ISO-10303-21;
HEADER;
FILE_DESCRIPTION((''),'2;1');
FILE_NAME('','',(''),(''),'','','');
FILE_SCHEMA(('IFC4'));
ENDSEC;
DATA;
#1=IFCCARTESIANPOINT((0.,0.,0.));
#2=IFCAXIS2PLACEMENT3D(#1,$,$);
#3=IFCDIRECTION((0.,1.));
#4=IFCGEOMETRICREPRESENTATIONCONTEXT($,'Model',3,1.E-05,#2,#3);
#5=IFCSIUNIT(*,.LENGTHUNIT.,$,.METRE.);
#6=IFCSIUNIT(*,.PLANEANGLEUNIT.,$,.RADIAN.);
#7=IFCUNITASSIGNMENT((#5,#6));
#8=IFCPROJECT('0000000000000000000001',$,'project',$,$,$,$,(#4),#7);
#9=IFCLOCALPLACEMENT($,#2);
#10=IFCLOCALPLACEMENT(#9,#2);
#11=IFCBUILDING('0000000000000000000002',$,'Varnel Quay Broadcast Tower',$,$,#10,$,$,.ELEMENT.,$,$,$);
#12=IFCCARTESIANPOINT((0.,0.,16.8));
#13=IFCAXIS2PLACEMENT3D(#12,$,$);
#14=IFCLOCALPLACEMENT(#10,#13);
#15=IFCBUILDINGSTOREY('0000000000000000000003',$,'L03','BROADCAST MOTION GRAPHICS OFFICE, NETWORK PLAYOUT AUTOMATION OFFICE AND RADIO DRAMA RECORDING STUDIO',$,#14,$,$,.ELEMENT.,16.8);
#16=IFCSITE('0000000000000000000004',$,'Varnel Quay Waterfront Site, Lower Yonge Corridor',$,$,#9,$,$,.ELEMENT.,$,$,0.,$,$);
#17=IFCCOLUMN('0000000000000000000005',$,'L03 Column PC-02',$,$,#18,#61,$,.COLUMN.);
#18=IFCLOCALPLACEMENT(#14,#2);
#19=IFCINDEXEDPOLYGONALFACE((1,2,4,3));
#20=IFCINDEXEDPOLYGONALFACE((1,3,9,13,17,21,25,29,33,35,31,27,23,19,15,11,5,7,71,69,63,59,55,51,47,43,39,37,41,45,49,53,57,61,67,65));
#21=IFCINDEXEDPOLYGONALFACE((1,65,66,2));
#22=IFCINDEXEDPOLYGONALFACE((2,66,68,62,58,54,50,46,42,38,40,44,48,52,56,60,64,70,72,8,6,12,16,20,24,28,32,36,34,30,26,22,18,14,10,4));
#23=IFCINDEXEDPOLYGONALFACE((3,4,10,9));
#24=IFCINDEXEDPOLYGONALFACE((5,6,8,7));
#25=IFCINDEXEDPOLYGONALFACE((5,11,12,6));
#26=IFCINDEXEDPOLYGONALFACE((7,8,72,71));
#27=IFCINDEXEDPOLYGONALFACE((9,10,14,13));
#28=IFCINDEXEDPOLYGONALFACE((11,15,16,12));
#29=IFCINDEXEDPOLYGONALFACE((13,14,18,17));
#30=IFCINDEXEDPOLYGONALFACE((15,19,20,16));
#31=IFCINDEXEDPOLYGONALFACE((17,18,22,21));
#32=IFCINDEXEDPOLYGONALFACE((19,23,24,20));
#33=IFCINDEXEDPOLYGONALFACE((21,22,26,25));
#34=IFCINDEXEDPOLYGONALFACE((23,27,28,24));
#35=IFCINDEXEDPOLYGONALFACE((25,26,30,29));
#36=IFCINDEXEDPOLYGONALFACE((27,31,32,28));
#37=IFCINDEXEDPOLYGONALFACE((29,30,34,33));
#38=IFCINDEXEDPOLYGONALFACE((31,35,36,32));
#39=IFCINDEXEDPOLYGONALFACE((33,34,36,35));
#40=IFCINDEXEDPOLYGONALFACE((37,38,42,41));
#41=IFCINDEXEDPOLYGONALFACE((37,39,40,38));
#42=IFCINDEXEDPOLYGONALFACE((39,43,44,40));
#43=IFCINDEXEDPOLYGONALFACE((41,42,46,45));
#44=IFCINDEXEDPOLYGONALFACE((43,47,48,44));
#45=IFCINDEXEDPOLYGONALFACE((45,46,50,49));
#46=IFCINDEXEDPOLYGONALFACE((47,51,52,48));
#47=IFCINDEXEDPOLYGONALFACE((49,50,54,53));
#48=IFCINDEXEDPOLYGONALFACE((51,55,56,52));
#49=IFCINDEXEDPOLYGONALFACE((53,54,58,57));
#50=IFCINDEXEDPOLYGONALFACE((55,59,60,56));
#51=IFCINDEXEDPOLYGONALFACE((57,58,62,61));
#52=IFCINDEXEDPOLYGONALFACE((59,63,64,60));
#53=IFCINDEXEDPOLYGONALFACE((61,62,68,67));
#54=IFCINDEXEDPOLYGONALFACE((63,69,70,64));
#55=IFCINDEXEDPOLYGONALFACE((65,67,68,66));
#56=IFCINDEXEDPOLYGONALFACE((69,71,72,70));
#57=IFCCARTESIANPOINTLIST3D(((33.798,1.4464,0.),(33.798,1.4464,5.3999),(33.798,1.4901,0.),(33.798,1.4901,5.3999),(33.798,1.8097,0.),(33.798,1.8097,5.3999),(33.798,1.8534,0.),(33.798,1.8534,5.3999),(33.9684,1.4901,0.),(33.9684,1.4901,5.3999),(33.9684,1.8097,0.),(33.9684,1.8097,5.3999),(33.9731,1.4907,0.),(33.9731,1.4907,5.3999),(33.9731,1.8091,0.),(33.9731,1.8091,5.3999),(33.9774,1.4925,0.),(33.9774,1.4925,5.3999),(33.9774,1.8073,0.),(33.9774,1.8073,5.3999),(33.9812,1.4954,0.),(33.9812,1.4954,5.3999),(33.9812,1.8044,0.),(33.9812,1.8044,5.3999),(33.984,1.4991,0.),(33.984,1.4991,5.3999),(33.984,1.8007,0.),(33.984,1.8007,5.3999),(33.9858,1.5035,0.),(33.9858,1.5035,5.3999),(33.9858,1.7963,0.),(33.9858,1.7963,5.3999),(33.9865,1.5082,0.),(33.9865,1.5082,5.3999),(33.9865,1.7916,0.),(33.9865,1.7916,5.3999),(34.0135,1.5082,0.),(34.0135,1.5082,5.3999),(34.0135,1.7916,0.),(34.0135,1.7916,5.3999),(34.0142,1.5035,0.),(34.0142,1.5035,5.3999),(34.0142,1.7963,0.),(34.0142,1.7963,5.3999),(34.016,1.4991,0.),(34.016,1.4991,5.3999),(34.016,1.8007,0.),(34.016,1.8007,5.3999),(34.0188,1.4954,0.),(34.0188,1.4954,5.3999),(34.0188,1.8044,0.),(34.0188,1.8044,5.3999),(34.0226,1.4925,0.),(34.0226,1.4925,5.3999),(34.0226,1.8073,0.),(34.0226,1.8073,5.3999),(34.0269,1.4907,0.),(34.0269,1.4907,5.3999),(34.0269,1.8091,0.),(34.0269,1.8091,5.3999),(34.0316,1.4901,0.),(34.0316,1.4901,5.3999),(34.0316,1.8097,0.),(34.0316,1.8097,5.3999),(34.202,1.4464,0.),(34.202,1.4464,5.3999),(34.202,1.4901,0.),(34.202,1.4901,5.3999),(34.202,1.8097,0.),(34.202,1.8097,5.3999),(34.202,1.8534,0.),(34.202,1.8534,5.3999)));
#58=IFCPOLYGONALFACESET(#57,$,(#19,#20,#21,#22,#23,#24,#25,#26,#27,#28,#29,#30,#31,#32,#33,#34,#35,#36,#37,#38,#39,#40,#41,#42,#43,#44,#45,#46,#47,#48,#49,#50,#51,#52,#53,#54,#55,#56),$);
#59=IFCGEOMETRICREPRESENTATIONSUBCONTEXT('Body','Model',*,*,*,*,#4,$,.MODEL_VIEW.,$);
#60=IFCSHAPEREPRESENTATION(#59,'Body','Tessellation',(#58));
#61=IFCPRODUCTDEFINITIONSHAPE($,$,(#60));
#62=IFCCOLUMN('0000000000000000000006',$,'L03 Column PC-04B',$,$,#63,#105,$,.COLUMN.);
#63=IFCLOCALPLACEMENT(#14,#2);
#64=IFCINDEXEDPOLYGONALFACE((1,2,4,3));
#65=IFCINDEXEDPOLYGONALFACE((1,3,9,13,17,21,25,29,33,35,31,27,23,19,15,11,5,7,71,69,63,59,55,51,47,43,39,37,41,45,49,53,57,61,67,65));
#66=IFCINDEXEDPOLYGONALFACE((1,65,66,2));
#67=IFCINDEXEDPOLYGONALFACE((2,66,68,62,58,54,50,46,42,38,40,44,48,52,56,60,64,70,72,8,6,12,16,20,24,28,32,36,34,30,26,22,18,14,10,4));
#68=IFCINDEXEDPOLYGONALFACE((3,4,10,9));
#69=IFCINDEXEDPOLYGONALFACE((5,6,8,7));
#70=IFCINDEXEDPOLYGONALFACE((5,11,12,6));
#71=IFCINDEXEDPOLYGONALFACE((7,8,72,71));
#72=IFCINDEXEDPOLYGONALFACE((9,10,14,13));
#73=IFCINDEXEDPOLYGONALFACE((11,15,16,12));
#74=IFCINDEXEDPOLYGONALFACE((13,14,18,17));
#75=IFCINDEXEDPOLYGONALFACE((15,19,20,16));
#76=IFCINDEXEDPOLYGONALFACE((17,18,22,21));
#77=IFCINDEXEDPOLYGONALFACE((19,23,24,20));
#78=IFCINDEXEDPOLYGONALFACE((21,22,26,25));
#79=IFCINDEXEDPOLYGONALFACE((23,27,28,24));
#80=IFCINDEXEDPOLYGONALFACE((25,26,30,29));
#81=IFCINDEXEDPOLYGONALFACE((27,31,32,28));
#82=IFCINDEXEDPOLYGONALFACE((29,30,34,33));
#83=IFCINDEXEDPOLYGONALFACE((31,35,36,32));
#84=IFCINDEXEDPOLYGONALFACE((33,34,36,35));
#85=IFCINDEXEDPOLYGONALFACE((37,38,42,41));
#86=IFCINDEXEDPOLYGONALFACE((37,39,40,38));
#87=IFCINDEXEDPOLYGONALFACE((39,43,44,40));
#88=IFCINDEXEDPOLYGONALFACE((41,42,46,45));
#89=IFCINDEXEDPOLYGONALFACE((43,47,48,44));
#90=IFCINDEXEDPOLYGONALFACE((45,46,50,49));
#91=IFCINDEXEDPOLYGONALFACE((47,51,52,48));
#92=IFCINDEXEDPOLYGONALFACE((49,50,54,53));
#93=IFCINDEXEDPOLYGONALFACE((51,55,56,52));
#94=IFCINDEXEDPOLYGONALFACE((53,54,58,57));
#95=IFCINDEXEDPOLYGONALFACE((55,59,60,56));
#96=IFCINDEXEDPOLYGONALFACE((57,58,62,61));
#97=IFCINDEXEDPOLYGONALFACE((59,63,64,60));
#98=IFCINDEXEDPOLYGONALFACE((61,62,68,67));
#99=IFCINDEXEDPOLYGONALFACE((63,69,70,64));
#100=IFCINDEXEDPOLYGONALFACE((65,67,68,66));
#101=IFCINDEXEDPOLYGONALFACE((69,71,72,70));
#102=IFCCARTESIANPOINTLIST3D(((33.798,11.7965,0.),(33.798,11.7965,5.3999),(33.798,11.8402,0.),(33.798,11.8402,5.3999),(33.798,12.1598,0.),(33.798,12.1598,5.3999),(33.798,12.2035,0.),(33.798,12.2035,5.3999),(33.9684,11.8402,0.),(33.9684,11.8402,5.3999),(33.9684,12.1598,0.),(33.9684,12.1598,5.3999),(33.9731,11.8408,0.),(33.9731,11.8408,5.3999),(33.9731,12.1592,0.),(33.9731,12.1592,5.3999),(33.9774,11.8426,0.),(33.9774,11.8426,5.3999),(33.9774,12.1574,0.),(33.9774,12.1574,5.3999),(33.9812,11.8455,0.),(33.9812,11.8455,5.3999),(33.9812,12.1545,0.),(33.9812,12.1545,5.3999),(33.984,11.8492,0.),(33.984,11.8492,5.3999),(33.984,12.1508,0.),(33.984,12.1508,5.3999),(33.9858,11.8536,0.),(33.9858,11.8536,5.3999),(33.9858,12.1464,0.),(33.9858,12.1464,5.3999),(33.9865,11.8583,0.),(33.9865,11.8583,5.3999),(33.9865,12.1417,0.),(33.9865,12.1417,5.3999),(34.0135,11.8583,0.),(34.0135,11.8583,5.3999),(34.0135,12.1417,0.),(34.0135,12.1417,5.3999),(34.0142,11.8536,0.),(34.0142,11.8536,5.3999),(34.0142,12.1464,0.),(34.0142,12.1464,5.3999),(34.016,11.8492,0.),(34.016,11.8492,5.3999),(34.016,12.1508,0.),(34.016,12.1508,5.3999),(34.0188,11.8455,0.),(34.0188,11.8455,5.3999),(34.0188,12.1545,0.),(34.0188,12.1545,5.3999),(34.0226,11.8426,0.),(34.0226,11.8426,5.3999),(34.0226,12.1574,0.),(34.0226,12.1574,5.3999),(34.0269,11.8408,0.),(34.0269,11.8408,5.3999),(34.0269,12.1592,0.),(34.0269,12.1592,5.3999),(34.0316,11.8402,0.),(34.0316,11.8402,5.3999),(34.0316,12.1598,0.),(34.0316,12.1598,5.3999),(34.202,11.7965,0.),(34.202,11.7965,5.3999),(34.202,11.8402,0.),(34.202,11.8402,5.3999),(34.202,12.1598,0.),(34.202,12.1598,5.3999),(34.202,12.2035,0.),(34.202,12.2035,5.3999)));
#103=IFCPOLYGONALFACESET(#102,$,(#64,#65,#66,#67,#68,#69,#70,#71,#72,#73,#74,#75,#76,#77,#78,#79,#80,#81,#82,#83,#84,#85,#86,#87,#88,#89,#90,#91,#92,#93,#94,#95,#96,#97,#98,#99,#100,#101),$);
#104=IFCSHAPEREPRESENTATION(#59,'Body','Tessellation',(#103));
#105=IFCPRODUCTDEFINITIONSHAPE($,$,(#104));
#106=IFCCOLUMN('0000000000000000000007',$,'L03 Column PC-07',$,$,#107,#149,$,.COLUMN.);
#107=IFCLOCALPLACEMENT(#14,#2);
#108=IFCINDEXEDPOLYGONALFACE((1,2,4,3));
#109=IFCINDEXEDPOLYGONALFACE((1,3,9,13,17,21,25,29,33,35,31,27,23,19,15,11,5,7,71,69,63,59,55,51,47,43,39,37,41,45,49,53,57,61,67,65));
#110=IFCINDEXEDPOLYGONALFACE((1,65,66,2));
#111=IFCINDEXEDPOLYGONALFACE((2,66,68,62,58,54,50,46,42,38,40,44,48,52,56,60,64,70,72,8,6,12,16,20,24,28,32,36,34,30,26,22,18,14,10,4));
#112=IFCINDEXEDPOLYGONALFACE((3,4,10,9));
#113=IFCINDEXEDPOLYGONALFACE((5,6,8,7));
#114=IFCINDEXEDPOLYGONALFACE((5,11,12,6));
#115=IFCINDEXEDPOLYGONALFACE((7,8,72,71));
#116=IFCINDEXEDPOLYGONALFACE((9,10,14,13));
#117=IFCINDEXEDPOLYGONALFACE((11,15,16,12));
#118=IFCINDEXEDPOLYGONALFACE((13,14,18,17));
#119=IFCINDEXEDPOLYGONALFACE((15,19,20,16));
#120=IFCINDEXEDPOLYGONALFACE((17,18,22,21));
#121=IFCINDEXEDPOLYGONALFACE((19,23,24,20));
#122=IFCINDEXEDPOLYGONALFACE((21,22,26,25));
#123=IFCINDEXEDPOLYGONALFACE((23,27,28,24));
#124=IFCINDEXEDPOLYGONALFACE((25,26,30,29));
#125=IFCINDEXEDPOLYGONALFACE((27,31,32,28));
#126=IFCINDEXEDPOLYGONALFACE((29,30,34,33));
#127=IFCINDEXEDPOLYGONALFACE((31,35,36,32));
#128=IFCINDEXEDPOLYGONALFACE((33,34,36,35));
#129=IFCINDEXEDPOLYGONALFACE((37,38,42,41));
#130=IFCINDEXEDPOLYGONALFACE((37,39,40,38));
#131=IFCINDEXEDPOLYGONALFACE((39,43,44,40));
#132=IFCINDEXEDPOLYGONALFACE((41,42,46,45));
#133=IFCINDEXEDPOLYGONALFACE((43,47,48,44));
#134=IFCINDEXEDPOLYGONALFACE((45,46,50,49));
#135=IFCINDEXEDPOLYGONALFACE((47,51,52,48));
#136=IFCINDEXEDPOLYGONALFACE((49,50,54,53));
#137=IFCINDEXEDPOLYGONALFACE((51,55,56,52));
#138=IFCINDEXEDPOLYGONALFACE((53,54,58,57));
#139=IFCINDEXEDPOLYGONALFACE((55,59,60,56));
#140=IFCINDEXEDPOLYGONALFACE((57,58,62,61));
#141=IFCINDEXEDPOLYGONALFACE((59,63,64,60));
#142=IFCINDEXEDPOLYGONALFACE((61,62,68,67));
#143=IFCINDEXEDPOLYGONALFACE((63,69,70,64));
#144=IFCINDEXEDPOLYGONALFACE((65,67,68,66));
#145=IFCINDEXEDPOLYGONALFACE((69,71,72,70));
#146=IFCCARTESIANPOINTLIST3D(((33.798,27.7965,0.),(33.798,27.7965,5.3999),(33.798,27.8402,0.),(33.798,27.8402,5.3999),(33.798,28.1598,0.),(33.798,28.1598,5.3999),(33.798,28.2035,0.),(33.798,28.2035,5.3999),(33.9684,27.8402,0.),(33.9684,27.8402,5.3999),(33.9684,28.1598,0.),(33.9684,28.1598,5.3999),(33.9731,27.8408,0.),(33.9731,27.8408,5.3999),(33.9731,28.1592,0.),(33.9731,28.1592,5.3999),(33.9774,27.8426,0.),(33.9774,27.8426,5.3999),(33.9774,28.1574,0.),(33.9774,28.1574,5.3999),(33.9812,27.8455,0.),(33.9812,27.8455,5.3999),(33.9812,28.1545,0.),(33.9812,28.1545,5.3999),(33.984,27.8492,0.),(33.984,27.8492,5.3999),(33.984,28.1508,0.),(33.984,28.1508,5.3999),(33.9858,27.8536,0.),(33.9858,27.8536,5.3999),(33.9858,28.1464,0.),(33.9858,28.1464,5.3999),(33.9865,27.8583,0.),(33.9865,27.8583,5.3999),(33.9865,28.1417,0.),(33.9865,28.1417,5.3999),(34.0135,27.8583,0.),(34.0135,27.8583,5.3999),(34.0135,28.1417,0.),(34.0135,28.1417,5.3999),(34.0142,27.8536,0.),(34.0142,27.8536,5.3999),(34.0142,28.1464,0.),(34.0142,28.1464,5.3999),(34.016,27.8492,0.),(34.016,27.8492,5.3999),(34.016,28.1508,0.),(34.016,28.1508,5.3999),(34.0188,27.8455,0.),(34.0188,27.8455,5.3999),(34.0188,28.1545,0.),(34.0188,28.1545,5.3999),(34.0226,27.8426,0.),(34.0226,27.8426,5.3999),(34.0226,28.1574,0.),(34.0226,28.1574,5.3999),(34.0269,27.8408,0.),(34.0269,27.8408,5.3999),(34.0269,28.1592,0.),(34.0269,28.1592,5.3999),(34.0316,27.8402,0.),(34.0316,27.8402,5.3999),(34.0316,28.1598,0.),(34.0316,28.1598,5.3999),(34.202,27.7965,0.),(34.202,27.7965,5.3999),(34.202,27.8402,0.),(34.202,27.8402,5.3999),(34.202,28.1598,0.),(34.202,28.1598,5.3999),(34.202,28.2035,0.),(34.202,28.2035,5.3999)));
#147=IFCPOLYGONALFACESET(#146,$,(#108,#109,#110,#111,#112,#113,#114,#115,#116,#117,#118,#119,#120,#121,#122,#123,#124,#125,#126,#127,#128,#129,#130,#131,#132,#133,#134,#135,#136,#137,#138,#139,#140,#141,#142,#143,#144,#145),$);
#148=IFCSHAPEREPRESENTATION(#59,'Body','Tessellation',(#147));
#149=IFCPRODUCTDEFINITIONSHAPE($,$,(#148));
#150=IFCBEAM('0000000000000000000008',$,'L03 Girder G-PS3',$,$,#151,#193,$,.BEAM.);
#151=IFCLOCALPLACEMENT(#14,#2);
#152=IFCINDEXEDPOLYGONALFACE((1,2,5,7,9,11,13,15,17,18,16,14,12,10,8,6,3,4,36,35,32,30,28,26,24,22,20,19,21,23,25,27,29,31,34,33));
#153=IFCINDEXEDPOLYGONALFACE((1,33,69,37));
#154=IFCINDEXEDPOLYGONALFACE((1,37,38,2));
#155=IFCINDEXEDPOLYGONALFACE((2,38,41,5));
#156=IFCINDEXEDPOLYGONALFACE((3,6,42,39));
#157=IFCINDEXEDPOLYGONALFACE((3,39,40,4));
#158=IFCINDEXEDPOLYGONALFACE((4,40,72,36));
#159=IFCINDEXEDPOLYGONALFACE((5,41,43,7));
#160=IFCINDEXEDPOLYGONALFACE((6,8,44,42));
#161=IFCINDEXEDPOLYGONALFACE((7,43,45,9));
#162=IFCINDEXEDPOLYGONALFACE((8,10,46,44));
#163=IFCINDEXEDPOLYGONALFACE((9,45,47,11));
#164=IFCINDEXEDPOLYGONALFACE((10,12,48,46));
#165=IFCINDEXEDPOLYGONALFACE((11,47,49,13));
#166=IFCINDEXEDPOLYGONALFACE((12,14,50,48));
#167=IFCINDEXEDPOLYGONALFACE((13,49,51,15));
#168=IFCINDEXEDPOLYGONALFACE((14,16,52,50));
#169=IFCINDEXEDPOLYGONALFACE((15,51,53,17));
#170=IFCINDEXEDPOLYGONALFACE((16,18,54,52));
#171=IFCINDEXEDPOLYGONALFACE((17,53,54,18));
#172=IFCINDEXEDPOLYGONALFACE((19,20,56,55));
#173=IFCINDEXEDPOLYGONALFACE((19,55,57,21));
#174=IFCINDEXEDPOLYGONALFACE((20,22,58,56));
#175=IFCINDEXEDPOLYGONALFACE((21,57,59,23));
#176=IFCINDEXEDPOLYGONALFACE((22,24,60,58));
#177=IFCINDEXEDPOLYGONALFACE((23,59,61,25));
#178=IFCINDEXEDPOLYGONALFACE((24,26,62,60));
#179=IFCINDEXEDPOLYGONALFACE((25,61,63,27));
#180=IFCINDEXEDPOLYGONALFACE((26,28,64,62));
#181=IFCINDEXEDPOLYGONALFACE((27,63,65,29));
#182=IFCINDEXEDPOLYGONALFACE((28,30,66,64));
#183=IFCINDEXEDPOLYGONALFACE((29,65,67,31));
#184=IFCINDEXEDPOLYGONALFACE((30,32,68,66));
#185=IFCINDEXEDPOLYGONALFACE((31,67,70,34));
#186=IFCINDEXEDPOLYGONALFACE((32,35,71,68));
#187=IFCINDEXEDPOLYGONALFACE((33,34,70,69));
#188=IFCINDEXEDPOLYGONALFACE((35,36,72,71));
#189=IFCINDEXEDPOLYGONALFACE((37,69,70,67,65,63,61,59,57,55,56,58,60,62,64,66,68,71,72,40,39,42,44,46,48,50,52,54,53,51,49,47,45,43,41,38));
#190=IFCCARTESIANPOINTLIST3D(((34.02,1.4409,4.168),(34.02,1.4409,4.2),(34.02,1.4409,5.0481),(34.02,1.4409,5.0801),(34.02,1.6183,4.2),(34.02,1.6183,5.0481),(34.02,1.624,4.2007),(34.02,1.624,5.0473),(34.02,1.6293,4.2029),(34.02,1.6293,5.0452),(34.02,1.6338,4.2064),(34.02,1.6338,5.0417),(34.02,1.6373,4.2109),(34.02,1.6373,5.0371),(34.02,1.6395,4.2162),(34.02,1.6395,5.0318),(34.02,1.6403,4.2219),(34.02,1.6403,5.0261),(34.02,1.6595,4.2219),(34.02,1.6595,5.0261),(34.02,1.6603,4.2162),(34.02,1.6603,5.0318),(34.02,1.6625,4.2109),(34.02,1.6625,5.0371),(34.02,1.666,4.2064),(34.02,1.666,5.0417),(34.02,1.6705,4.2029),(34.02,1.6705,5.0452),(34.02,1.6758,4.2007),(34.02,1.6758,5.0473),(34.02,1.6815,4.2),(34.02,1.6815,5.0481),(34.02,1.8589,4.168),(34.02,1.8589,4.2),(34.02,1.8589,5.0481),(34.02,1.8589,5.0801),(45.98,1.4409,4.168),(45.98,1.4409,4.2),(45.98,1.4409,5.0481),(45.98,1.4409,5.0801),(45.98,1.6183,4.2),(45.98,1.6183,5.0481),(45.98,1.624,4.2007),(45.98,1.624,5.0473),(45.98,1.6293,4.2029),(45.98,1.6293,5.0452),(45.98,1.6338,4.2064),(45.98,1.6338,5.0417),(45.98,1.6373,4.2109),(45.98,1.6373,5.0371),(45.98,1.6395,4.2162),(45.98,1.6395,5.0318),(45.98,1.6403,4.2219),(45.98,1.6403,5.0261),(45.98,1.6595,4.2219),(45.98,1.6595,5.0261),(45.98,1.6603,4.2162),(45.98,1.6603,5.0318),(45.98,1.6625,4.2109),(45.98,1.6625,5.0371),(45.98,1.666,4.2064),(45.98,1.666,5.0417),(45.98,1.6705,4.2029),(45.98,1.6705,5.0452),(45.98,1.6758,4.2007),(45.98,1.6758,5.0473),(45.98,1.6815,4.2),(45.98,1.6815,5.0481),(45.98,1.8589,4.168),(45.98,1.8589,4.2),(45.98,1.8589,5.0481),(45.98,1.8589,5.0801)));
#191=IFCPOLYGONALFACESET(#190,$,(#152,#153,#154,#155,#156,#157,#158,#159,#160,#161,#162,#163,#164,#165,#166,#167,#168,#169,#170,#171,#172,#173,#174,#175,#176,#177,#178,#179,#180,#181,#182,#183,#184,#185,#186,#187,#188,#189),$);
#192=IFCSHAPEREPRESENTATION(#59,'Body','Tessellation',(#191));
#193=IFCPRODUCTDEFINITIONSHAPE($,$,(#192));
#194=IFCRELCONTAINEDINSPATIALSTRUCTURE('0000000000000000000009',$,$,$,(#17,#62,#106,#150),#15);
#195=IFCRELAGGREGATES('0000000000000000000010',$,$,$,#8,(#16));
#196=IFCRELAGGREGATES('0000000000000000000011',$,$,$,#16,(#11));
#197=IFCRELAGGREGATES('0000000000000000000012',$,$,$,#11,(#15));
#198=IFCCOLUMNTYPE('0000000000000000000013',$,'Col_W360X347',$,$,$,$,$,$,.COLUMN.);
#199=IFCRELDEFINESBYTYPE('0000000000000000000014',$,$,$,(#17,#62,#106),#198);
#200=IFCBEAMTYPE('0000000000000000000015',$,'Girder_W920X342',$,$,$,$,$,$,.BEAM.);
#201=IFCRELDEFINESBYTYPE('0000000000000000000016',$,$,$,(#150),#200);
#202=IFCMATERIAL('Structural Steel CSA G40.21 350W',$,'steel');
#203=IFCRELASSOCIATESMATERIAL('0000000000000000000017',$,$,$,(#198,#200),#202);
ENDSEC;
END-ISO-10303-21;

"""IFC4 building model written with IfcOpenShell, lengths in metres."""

from ifc_helpers import new_model, si_unit, direction, frame, origin, origin_2d, place, context, subcontext, project, spatial, i_section, extrude, source, transform, mapped, material, material_profile, profile_set, type_object, type_shapes, element, save


model = new_model("IFC4")

# Units and contexts
model_context = context("Model", 3, precision=1e-05, world=origin(), true_north=direction((0.0, 1.0)))
body_context = subcontext(model_context, "Body", "Model", "MODEL_VIEW")
ifc_project = project(units=[si_unit("LENGTHUNIT", "METRE"), si_unit("PLANEANGLEUNIT", "RADIAN")], contexts=[model_context])

# Site, building, storey
site_placement = place(None, origin())
site = spatial("IfcSite", under=ifc_project, at=site_placement, Name="Varnel Quay Waterfront Site, Lower Yonge Corridor", CompositionType="ELEMENT", RefElevation=0.0)
building_placement = place(site_placement, origin())
building = spatial("IfcBuilding", under=site, at=building_placement, Name="Varnel Quay Broadcast Tower", CompositionType="ELEMENT")
storey_placement = place(building_placement, frame((0.0, 0.0, 16.8)))
storey = spatial("IfcBuildingStorey", under=building, at=storey_placement, Name="L03", Description="BROADCAST MOTION GRAPHICS OFFICE, NETWORK PLAYOUT AUTOMATION OFFICE AND RADIO DRAMA RECORDING STUDIO", CompositionType="ELEMENT", Elevation=16.8)

# Columns
ifc_material_1 = material(Name="Structural Steel CSA G40.21 350W", Category="steel")
ifc_material_profile_1 = material_profile(ifc_material_1, i_section(OverallWidth=0.4041, OverallDepth=0.407, WebThickness=0.0271, FlangeThickness=0.0437, FilletRadius=0.0181, at=origin_2d()), Name="W360X347")
ifc_profile_set_1 = profile_set([ifc_material_profile_1], Name="Structural Steel CSA G40.21 350W")
column_type = type_object("IfcColumnType", Name="Col_W360X347", PredefinedType="COLUMN", material=ifc_profile_set_1)
shared_shape_1 = source(origin(), body_context, "Body", "SweptSolid", [
    extrude(i_section(OverallWidth=0.4041, OverallDepth=0.407, WebThickness=0.0271, FlangeThickness=0.0437, FilletRadius=0.0181, at=origin_2d()), origin(), (0.0, 0.0, 1.0), 5.3999),
])
type_shapes(column_type, [shared_shape_1])
for number, where, z_axis, x_axis, name in (
    (1, (34.0, 1.6499, 0.0), (0.0, 0.0, 1.0), (1.0, 0.0, 0.0), "L03 Column PC-02"),
    (2, (34.0, 12.0, 0.0), (0.0, 0.0, 1.0), (1.0, 0.0, 0.0), "L03 Column PC-04B"),
    (3, (34.0, 28.0, 0.0), (0.0, 0.0, 1.0), (1.0, 0.0, 0.0), "L03 Column PC-07"),
):
    element("IfcColumn", number, at=place(storey_placement, frame(where, z_axis=z_axis, x_axis=x_axis)), inside=storey, type_object=column_type, Name=name, PredefinedType="COLUMN", context=body_context, shape_type="MappedRepresentation", body=[
        mapped(shared_shape_1, transform((0.0, 0.0, 0.0), x_axis=(1.0, 0.0, 0.0), y_axis=(0.0, 1.0, 0.0), z_axis=(0.0, 0.0, 1.0), scale=1.0)),
    ])

# Beam
ifc_material_profile_2 = material_profile(ifc_material_1, i_section(OverallWidth=0.418, OverallDepth=0.9121, WebThickness=0.0193, FlangeThickness=0.032, FilletRadius=0.022, at=origin_2d()), Name="W920X342")
ifc_profile_set_2 = profile_set([ifc_material_profile_2], Name="Structural Steel CSA G40.21 350W")
beam_type = type_object("IfcBeamType", Name="Girder_W920X342", PredefinedType="BEAM", material=ifc_profile_set_2)
shared_shape_2 = source(origin(), body_context, "Body", "SweptSolid", [
    extrude(i_section(OverallWidth=0.418, OverallDepth=0.9121, WebThickness=0.0193, FlangeThickness=0.032, FilletRadius=0.022, at=origin_2d()), origin(), (0.0, 0.0, 1.0), 11.96),
])
for number, where, z_axis, x_axis, name in (
    (4, (34.02, 1.6499, 4.624), (1.0, 0.0, 0.0), (0.0, 1.0, 0.0), "L03 Girder G-PS3"),
):
    element("IfcBeam", number, at=place(storey_placement, frame(where, z_axis=z_axis, x_axis=x_axis)), inside=storey, type_object=beam_type, Name=name, PredefinedType="BEAM", context=body_context, shape_type="MappedRepresentation", body=[
        mapped(shared_shape_2, transform((0.0, 0.0, 0.0), x_axis=(1.0, 0.0, 0.0), y_axis=(0.0, 1.0, 0.0), z_axis=(0.0, 0.0, 1.0), scale=1.0)),
    ])

save(model, "model.ifc")
